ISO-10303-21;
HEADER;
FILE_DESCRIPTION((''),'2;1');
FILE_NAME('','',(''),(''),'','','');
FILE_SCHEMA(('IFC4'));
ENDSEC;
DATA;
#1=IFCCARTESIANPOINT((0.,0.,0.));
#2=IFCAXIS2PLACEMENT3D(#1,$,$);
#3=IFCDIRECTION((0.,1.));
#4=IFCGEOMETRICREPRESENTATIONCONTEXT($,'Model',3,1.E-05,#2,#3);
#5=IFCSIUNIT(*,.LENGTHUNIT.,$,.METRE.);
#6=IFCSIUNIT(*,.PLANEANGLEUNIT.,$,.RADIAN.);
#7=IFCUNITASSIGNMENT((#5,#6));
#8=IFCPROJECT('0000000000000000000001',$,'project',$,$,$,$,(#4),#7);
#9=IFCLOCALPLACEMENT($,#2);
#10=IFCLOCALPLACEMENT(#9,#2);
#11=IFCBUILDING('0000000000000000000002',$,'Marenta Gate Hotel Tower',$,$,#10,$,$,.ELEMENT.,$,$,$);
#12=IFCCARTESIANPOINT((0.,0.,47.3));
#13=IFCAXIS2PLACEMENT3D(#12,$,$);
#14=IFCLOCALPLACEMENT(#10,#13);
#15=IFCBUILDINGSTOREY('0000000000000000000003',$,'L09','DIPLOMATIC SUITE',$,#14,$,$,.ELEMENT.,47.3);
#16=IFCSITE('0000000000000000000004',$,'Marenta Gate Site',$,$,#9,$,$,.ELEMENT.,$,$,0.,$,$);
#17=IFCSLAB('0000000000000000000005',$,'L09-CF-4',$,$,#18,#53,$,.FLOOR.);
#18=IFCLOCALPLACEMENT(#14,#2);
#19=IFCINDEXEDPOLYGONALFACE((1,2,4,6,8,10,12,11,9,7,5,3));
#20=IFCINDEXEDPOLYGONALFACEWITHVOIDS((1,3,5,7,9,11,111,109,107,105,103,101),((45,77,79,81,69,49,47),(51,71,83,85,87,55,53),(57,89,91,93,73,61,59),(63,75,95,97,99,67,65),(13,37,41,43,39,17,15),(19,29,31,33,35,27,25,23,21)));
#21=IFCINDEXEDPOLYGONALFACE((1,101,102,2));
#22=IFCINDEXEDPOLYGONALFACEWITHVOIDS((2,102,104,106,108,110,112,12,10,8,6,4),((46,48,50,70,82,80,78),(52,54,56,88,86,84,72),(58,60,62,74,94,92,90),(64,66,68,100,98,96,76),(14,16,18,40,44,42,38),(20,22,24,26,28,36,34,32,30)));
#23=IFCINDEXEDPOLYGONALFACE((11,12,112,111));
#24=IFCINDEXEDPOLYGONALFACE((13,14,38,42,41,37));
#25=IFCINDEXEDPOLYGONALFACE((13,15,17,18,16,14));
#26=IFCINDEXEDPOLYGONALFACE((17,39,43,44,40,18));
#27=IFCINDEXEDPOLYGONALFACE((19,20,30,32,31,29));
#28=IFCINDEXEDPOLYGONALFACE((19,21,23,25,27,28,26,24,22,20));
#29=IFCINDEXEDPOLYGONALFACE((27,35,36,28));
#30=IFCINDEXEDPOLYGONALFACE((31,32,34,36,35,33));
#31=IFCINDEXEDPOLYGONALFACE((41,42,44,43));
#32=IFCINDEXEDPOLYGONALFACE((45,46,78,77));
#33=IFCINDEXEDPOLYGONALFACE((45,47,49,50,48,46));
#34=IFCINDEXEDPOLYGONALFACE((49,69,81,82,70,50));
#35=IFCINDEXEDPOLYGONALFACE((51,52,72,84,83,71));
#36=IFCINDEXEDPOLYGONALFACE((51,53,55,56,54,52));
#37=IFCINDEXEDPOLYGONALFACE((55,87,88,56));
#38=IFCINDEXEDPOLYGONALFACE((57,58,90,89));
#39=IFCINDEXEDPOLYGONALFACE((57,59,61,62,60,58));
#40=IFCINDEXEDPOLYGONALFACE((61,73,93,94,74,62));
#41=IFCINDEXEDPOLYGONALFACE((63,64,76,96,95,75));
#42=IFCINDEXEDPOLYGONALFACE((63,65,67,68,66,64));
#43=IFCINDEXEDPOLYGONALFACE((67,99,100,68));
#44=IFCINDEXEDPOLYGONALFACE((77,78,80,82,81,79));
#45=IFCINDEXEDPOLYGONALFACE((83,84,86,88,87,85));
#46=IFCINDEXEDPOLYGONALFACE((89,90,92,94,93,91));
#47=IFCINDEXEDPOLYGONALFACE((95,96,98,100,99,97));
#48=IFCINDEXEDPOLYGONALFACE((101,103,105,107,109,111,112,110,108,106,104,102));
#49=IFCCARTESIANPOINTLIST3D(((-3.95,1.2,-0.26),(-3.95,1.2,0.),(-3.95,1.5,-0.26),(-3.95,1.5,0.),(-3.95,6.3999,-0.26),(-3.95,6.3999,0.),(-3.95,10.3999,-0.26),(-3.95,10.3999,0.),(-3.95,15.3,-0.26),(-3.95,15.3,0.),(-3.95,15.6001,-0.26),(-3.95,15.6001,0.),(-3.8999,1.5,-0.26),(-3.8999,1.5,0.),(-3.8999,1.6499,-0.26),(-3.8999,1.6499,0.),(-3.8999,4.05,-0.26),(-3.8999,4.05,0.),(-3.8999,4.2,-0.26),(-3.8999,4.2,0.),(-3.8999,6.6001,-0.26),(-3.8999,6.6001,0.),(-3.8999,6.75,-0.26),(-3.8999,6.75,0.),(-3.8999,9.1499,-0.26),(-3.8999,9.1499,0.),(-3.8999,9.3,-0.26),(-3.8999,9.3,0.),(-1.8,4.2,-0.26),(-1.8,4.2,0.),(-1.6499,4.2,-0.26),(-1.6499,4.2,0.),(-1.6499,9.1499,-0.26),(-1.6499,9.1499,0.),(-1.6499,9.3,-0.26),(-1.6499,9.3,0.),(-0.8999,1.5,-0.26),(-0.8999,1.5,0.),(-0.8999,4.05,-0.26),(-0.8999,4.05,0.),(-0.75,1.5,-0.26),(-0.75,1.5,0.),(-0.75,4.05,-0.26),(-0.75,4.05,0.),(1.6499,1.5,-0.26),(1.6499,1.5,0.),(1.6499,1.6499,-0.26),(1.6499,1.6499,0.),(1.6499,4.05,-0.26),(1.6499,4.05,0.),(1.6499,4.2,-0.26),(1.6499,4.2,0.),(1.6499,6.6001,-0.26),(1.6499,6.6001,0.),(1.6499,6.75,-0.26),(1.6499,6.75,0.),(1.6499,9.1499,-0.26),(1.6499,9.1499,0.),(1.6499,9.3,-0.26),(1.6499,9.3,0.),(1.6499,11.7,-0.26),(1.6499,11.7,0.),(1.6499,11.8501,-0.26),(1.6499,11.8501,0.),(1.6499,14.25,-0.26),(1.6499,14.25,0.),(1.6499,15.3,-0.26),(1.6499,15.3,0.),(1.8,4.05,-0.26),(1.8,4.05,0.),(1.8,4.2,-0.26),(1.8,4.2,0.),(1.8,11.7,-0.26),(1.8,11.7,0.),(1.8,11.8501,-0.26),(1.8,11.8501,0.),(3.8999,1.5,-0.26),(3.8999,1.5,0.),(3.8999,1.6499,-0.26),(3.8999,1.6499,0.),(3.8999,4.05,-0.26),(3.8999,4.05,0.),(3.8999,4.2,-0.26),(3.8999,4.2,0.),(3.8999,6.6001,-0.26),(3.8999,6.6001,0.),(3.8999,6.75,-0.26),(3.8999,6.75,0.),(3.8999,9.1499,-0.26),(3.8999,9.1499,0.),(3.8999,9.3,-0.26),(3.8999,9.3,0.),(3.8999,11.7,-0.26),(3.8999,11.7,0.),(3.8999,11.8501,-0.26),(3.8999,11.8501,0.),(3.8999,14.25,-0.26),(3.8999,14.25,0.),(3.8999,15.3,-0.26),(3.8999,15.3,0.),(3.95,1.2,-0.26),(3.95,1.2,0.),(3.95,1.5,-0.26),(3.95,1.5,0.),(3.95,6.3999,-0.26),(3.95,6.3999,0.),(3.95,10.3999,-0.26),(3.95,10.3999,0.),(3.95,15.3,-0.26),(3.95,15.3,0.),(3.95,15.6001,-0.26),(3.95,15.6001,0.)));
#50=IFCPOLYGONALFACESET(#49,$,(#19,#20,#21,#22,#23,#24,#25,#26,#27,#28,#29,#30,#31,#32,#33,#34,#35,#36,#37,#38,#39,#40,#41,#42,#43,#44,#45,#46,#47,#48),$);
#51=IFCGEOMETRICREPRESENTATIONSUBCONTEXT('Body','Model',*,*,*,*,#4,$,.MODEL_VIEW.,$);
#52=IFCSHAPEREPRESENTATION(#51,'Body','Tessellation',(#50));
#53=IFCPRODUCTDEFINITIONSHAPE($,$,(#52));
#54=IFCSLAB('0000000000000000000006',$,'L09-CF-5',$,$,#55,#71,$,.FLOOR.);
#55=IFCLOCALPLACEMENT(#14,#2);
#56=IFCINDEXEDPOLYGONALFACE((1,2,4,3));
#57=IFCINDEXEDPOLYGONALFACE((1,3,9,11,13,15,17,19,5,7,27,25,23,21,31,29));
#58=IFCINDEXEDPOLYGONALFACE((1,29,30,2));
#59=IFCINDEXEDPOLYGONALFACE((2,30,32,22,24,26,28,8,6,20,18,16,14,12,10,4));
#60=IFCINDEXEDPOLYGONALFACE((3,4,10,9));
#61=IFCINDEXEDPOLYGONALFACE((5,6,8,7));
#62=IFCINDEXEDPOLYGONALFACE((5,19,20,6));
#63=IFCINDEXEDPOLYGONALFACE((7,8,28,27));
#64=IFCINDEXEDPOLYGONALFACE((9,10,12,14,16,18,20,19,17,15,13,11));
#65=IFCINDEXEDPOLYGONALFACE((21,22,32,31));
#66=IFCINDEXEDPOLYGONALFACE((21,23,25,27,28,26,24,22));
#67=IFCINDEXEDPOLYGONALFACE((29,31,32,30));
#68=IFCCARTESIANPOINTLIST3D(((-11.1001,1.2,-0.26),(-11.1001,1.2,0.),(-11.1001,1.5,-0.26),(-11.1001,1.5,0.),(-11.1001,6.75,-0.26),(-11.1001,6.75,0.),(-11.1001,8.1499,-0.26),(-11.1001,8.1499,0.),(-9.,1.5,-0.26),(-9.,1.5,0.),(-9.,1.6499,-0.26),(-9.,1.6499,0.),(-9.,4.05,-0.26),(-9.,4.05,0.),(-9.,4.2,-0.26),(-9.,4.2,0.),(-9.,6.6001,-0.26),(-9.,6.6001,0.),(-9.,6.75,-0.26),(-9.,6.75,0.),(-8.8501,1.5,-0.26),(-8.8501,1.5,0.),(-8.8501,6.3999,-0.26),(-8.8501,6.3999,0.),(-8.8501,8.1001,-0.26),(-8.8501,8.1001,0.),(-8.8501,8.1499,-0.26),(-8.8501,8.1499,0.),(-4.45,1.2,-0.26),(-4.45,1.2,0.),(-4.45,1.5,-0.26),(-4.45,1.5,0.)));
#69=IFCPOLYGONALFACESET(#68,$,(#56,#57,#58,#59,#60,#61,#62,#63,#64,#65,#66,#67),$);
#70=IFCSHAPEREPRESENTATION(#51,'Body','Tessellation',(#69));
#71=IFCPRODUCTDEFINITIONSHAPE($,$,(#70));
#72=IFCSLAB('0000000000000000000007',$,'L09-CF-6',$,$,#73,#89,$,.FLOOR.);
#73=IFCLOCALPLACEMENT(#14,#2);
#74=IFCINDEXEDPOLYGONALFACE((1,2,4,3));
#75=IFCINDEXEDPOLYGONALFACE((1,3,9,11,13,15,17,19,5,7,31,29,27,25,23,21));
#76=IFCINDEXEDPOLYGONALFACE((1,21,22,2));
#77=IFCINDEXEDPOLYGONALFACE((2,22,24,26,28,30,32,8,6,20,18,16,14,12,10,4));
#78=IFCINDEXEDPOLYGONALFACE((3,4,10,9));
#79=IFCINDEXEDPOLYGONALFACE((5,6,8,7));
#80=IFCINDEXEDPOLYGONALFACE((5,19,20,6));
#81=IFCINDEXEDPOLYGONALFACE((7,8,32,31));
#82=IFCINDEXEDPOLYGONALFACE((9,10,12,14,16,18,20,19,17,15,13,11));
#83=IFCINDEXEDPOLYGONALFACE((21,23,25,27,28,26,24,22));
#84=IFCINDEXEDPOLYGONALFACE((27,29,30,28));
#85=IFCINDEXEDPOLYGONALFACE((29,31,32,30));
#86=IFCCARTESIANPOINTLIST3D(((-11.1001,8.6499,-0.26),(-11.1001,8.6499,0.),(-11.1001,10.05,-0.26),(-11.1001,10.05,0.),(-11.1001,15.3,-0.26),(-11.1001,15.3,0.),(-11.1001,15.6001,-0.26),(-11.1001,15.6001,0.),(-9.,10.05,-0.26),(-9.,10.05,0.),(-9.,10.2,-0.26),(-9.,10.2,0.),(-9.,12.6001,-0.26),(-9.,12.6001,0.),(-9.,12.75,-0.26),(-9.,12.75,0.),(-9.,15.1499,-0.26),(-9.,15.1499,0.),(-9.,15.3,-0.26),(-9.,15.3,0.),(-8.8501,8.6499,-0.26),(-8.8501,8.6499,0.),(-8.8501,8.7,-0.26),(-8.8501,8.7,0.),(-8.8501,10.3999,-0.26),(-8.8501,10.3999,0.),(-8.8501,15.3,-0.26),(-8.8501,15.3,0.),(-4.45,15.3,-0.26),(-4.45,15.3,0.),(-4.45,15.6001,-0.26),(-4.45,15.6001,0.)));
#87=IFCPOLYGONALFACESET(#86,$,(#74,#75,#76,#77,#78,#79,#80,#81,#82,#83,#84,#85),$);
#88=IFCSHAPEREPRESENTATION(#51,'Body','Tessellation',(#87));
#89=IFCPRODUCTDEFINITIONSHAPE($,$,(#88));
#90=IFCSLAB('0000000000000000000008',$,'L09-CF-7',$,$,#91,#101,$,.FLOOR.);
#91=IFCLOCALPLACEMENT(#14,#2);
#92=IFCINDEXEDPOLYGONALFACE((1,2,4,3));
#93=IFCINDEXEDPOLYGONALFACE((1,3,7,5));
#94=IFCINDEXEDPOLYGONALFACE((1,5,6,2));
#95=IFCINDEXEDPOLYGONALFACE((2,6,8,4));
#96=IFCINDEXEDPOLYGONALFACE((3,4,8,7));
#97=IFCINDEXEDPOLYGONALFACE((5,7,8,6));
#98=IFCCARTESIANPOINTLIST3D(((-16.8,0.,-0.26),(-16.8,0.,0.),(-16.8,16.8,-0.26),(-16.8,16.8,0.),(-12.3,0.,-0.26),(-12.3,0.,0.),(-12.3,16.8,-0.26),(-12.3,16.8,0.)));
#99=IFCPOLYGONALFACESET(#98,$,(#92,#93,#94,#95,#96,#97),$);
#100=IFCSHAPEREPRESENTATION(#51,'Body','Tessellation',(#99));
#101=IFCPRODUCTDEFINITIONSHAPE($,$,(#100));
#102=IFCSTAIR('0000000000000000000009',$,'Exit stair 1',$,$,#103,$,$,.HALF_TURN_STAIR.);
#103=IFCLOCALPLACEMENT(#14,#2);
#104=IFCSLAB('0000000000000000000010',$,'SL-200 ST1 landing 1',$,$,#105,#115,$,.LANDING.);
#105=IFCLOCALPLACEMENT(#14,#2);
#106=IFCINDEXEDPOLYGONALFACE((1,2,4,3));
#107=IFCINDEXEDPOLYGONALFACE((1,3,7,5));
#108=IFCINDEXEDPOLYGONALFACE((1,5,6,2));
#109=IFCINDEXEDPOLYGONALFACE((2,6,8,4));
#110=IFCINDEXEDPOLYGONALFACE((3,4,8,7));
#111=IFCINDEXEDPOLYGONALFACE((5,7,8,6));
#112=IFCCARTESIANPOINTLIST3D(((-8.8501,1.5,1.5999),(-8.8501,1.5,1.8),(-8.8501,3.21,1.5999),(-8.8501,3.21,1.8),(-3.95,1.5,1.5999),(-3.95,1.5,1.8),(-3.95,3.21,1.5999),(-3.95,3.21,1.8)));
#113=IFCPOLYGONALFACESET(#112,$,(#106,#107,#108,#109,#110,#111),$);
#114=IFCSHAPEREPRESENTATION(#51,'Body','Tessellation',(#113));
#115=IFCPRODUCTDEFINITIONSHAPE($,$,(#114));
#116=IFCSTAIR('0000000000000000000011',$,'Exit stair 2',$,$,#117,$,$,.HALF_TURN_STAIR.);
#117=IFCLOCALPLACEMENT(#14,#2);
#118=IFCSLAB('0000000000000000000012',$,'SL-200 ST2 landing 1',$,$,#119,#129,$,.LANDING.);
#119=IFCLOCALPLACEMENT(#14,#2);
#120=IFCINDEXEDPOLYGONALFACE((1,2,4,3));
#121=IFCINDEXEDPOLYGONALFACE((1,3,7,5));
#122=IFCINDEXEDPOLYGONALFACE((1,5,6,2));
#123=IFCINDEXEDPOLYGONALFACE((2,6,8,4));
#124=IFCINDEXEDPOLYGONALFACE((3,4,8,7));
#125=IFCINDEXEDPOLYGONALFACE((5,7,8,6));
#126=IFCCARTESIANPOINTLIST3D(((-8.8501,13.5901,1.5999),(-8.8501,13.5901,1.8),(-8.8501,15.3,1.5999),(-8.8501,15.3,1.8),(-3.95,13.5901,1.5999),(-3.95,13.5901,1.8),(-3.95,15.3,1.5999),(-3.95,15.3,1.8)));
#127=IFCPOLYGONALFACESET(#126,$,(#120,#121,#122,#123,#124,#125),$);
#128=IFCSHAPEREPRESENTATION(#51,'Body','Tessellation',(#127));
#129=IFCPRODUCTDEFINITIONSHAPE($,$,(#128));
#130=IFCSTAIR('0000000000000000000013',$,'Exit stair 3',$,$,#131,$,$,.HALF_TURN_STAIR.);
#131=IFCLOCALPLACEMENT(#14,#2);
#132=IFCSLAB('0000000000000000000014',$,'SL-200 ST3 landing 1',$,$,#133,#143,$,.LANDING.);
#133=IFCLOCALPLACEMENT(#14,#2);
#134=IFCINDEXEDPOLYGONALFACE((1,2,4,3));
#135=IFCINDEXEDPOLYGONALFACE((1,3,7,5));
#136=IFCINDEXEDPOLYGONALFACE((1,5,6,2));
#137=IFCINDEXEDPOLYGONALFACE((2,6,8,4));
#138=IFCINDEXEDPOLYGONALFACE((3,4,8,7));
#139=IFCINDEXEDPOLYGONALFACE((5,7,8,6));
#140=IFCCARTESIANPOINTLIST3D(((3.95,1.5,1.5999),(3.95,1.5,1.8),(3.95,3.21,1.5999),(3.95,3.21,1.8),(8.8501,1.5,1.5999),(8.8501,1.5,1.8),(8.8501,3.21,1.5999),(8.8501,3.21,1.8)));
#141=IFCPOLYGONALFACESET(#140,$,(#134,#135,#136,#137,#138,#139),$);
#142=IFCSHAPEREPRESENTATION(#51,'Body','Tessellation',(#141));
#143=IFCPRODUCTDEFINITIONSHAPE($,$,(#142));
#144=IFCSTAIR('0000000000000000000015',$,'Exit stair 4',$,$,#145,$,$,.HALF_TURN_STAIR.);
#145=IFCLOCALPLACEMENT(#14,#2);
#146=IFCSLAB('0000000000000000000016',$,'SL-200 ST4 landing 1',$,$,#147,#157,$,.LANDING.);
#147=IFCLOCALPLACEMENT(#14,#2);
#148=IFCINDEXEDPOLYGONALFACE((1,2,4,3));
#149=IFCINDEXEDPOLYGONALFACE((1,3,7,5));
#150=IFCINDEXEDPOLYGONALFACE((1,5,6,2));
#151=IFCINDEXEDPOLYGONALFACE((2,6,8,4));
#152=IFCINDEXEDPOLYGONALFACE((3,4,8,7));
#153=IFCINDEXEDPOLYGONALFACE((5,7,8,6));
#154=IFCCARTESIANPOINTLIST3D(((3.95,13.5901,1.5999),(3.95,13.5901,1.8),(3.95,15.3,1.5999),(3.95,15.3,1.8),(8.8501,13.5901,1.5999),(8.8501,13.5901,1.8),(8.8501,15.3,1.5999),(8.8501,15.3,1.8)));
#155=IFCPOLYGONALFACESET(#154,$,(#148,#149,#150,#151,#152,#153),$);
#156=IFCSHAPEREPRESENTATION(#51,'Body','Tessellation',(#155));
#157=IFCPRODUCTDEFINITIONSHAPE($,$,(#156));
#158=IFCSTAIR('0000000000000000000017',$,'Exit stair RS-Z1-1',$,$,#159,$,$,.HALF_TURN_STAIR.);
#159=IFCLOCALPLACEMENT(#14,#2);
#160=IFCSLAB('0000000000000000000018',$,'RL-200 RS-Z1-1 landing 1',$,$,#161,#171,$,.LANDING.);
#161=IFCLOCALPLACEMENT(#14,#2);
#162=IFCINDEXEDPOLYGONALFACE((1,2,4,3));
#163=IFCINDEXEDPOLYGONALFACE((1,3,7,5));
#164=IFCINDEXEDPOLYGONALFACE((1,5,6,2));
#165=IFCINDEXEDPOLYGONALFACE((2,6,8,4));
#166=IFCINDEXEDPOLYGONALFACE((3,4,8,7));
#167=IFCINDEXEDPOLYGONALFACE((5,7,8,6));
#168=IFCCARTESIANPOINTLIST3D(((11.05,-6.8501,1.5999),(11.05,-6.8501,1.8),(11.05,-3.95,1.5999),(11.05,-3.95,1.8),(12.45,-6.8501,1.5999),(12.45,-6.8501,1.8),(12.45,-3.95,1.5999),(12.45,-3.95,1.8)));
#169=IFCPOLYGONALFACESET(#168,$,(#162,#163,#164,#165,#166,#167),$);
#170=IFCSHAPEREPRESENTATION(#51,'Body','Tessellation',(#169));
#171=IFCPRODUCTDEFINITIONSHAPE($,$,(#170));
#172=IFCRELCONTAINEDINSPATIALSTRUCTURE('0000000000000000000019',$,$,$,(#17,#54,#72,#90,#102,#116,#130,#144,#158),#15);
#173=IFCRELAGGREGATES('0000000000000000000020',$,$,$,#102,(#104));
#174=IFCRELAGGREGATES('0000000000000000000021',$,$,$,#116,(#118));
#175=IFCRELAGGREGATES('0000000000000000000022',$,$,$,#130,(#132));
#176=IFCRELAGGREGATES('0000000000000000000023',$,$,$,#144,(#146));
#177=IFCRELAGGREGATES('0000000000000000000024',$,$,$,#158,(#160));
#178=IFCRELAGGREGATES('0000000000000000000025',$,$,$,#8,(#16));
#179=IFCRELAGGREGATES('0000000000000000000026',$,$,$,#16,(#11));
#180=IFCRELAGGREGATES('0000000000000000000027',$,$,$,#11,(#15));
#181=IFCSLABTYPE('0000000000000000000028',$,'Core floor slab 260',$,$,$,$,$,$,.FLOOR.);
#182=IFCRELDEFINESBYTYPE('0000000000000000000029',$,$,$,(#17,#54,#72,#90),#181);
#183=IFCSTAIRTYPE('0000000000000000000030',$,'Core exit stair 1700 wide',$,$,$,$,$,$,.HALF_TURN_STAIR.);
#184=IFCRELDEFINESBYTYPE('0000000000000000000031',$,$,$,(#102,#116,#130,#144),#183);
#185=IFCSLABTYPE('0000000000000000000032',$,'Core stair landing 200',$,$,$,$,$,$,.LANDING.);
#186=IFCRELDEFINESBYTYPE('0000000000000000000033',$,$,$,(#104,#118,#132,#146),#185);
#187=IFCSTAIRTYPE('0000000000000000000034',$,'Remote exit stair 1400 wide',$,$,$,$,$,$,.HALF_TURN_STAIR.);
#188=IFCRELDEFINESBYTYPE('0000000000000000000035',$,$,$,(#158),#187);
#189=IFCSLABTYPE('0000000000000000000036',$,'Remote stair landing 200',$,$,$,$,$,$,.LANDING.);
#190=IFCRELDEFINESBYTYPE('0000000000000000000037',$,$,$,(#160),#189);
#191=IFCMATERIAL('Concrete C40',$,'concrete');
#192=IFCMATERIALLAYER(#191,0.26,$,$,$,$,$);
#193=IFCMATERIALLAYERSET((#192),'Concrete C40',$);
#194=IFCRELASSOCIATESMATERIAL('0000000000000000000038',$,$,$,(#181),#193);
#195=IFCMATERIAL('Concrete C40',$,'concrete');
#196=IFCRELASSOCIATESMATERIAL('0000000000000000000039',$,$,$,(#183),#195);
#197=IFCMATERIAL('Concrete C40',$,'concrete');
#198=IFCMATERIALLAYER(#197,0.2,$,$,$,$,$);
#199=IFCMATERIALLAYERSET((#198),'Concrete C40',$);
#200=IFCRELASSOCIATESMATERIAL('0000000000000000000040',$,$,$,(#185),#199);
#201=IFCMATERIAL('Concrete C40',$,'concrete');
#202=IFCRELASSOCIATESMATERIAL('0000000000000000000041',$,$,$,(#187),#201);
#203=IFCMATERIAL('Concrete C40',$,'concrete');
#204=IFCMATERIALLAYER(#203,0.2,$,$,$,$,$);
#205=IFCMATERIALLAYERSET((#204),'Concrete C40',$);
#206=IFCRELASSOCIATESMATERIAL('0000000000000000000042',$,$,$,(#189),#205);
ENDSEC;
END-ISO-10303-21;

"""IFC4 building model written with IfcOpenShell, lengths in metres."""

from ifc_helpers import new_model, si_unit, direction, frame, origin, place, context, subcontext, project, spatial, polyline, outline, extrude, material, layer, layer_set, type_object, element, aggregate, save


model = new_model("IFC4")

# Units and contexts
model_context = context("Model", 3, precision=1e-05, world=origin(), true_north=direction((0.0, 1.0)))
body_context = subcontext(model_context, "Body", "Model", "MODEL_VIEW")
ifc_project = project(units=[si_unit("LENGTHUNIT", "METRE"), si_unit("PLANEANGLEUNIT", "RADIAN")], contexts=[model_context])

# Site, building, storey
site_placement = place(None, origin())
site = spatial("IfcSite", under=ifc_project, at=site_placement, Name="Marenta Gate Site", CompositionType="ELEMENT", RefElevation=0.0)
building_placement = place(site_placement, origin())
building = spatial("IfcBuilding", under=site, at=building_placement, Name="Marenta Gate Hotel Tower", CompositionType="ELEMENT")
storey_placement = place(building_placement, frame((0.0, 0.0, 47.3)))
storey = spatial("IfcBuildingStorey", under=building, at=storey_placement, Name="L09", Description="DIPLOMATIC SUITE", CompositionType="ELEMENT", Elevation=47.3)

# Slabs
ifc_material_1 = material(Name="Concrete C40", Category="concrete")
ifc_layer_1 = layer(ifc_material_1, 0.26)
ifc_layer_set_1 = layer_set([ifc_layer_1], Name="Concrete C40")
slab_type_1 = type_object("IfcSlabType", Name="Core floor slab 260", PredefinedType="FLOOR", material=ifc_layer_set_1)
slab_1_placement = place(storey_placement, frame((0.0, 0.0, -0.26)))
element("IfcSlab", 1, at=slab_1_placement, inside=storey, type_object=slab_type_1, Name="L09-CF-4", PredefinedType="FLOOR", context=body_context, shape_type="SweptSolid", body=[
    extrude(outline(polyline([(3.95, 15.3), (3.95, 10.3999), (3.95, 6.3999), (3.95, 1.5), (3.95, 1.2), (-3.95, 1.2), (-3.95, 1.5), (-3.95, 6.3999), (-3.95, 10.3999), (-3.95, 15.3), (-3.95, 15.6001), (3.95, 15.6001), (3.95, 15.3)]), holes=[polyline([(1.6499, 4.05), (1.6499, 1.6499), (1.6499, 1.5), (3.8999, 1.5), (3.8999, 1.6499), (3.8999, 4.05), (1.8, 4.05), (1.6499, 4.05)]), polyline([(1.6499, 9.1499), (3.8999, 9.1499), (3.8999, 9.3), (3.8999, 11.7), (1.8, 11.7), (1.6499, 11.7), (1.6499, 9.3), (1.6499, 9.1499)]), polyline([(1.6499, 11.8501), (1.8, 11.8501), (3.8999, 11.8501), (3.8999, 14.25), (3.8999, 15.3), (1.6499, 15.3), (1.6499, 14.25), (1.6499, 11.8501)]), polyline([(3.8999, 6.6001), (3.8999, 6.75), (1.6499, 6.75), (1.6499, 6.6001), (1.6499, 4.2), (1.8, 4.2), (3.8999, 4.2), (3.8999, 6.6001)]), polyline([(-3.8999, 1.5), (-0.8999, 1.5), (-0.75, 1.5), (-0.75, 4.05), (-0.8999, 4.05), (-3.8999, 4.05), (-3.8999, 1.6499), (-3.8999, 1.5)]), polyline([(-1.6499, 4.2), (-1.6499, 9.1499), (-1.6499, 9.3), (-3.8999, 9.3), (-3.8999, 9.1499), (-3.8999, 6.75), (-3.8999, 6.6001), (-3.8999, 4.2), (-1.8, 4.2), (-1.6499, 4.2)])]), origin(), (0.0, 0.0, 1.0), 0.26),
])
slab_2_placement = place(storey_placement, frame((0.0, 0.0, -0.26)))
element("IfcSlab", 2, at=slab_2_placement, inside=storey, type_object=slab_type_1, Name="L09-CF-5", PredefinedType="FLOOR", context=body_context, shape_type="SweptSolid", body=[
    extrude(outline(polyline([(-9.0, 1.5), (-9.0, 1.6499), (-9.0, 4.05), (-9.0, 4.2), (-9.0, 6.6001), (-9.0, 6.75), (-11.1001, 6.75), (-11.1001, 8.1499), (-8.8501, 8.1499), (-8.8501, 8.1001), (-8.8501, 6.3999), (-8.8501, 1.5), (-4.45, 1.5), (-4.45, 1.2), (-11.1001, 1.2), (-11.1001, 1.5), (-9.0, 1.5)])), origin(), (0.0, 0.0, 1.0), 0.26),
])
slab_3_placement = place(storey_placement, frame((0.0, 0.0, -0.26)))
element("IfcSlab", 3, at=slab_3_placement, inside=storey, type_object=slab_type_1, Name="L09-CF-6", PredefinedType="FLOOR", context=body_context, shape_type="SweptSolid", body=[
    extrude(outline(polyline([(-4.45, 15.3), (-8.8501, 15.3), (-8.8501, 10.3999), (-8.8501, 8.7), (-8.8501, 8.6499), (-11.1001, 8.6499), (-11.1001, 10.05), (-9.0, 10.05), (-9.0, 10.2), (-9.0, 12.6001), (-9.0, 12.75), (-9.0, 15.1499), (-9.0, 15.3), (-11.1001, 15.3), (-11.1001, 15.6001), (-4.45, 15.6001), (-4.45, 15.3)])), origin(), (0.0, 0.0, 1.0), 0.26),
])
slab_4_placement = place(storey_placement, frame((0.0, 0.0, -0.26)))
element("IfcSlab", 4, at=slab_4_placement, inside=storey, type_object=slab_type_1, Name="L09-CF-7", PredefinedType="FLOOR", context=body_context, shape_type="SweptSolid", body=[
    extrude(outline(polyline([(-12.3, 16.8), (-12.3, 0.0), (-16.8, 0.0), (-16.8, 16.8), (-12.3, 16.8)])), origin(), (0.0, 0.0, 1.0), 0.26),
])

# Stairs, slabs
ifc_material_2 = material(Name="Concrete C40", Category="concrete")
stair_type_1 = type_object("IfcStairType", Name="Core exit stair 1700 wide", PredefinedType="HALF_TURN_STAIR", material=ifc_material_2)
stair_1_placement = place(storey_placement, origin())
stair_1 = element("IfcStair", 5, at=stair_1_placement, inside=storey, type_object=stair_type_1, Name="Exit stair 1", PredefinedType="HALF_TURN_STAIR")
ifc_material_3 = material(Name="Concrete C40", Category="concrete")
ifc_layer_2 = layer(ifc_material_3, 0.2)
ifc_layer_set_2 = layer_set([ifc_layer_2], Name="Concrete C40")
slab_type_2 = type_object("IfcSlabType", Name="Core stair landing 200", PredefinedType="LANDING", material=ifc_layer_set_2)
slab_5_placement = place(storey_placement, frame((0.0, 0.0, 1.5999)))
slab_5 = element("IfcSlab", 6, at=slab_5_placement, type_object=slab_type_2, Name="SL-200 ST1 landing 1", PredefinedType="LANDING", context=body_context, shape_type="SweptSolid", body=[
    extrude(outline(polyline([(-8.8501, 1.5), (-3.95, 1.5), (-3.95, 3.21), (-8.8501, 3.21), (-8.8501, 1.5)])), origin(), (0.0, 0.0, 1.0), 0.2002),
])
aggregate(stair_1, [slab_5])
stair_2_placement = place(storey_placement, origin())
stair_2 = element("IfcStair", 7, at=stair_2_placement, inside=storey, type_object=stair_type_1, Name="Exit stair 2", PredefinedType="HALF_TURN_STAIR")
slab_6_placement = place(storey_placement, frame((0.0, 0.0, 1.5999)))
slab_6 = element("IfcSlab", 8, at=slab_6_placement, type_object=slab_type_2, Name="SL-200 ST2 landing 1", PredefinedType="LANDING", context=body_context, shape_type="SweptSolid", body=[
    extrude(outline(polyline([(-8.8501, 13.5901), (-3.95, 13.5901), (-3.95, 15.3), (-8.8501, 15.3), (-8.8501, 13.5901)])), origin(), (0.0, 0.0, 1.0), 0.2002),
])
aggregate(stair_2, [slab_6])
stair_3_placement = place(storey_placement, origin())
stair_3 = element("IfcStair", 9, at=stair_3_placement, inside=storey, type_object=stair_type_1, Name="Exit stair 3", PredefinedType="HALF_TURN_STAIR")
slab_7_placement = place(storey_placement, frame((0.0, 0.0, 1.5999)))
slab_7 = element("IfcSlab", 10, at=slab_7_placement, type_object=slab_type_2, Name="SL-200 ST3 landing 1", PredefinedType="LANDING", context=body_context, shape_type="SweptSolid", body=[
    extrude(outline(polyline([(3.95, 1.5), (8.8501, 1.5), (8.8501, 3.21), (3.95, 3.21), (3.95, 1.5)])), origin(), (0.0, 0.0, 1.0), 0.2002),
])
aggregate(stair_3, [slab_7])
stair_4_placement = place(storey_placement, origin())
stair_4 = element("IfcStair", 11, at=stair_4_placement, inside=storey, type_object=stair_type_1, Name="Exit stair 4", PredefinedType="HALF_TURN_STAIR")
slab_8_placement = place(storey_placement, frame((0.0, 0.0, 1.5999)))
slab_8 = element("IfcSlab", 12, at=slab_8_placement, type_object=slab_type_2, Name="SL-200 ST4 landing 1", PredefinedType="LANDING", context=body_context, shape_type="SweptSolid", body=[
    extrude(outline(polyline([(3.95, 13.5901), (8.8501, 13.5901), (8.8501, 15.3), (3.95, 15.3), (3.95, 13.5901)])), origin(), (0.0, 0.0, 1.0), 0.2002),
])
aggregate(stair_4, [slab_8])
ifc_material_4 = material(Name="Concrete C40", Category="concrete")
stair_type_2 = type_object("IfcStairType", Name="Remote exit stair 1400 wide", PredefinedType="HALF_TURN_STAIR", material=ifc_material_4)
stair_5_placement = place(storey_placement, origin())
stair_5 = element("IfcStair", 13, at=stair_5_placement, inside=storey, type_object=stair_type_2, Name="Exit stair RS-Z1-1", PredefinedType="HALF_TURN_STAIR")
ifc_material_5 = material(Name="Concrete C40", Category="concrete")
ifc_layer_3 = layer(ifc_material_5, 0.2)
ifc_layer_set_3 = layer_set([ifc_layer_3], Name="Concrete C40")
slab_type_3 = type_object("IfcSlabType", Name="Remote stair landing 200", PredefinedType="LANDING", material=ifc_layer_set_3)
slab_9_placement = place(storey_placement, frame((0.0, 0.0, 1.5999)))
slab_9 = element("IfcSlab", 14, at=slab_9_placement, type_object=slab_type_3, Name="RL-200 RS-Z1-1 landing 1", PredefinedType="LANDING", context=body_context, shape_type="SweptSolid", body=[
    extrude(outline(polyline([(11.05, -6.8501), (12.45, -6.8501), (12.45, -3.95), (11.05, -3.95), (11.05, -6.8501)])), origin(), (0.0, 0.0, 1.0), 0.2002),
])
aggregate(stair_5, [slab_9])

save(model, "model.ifc")
